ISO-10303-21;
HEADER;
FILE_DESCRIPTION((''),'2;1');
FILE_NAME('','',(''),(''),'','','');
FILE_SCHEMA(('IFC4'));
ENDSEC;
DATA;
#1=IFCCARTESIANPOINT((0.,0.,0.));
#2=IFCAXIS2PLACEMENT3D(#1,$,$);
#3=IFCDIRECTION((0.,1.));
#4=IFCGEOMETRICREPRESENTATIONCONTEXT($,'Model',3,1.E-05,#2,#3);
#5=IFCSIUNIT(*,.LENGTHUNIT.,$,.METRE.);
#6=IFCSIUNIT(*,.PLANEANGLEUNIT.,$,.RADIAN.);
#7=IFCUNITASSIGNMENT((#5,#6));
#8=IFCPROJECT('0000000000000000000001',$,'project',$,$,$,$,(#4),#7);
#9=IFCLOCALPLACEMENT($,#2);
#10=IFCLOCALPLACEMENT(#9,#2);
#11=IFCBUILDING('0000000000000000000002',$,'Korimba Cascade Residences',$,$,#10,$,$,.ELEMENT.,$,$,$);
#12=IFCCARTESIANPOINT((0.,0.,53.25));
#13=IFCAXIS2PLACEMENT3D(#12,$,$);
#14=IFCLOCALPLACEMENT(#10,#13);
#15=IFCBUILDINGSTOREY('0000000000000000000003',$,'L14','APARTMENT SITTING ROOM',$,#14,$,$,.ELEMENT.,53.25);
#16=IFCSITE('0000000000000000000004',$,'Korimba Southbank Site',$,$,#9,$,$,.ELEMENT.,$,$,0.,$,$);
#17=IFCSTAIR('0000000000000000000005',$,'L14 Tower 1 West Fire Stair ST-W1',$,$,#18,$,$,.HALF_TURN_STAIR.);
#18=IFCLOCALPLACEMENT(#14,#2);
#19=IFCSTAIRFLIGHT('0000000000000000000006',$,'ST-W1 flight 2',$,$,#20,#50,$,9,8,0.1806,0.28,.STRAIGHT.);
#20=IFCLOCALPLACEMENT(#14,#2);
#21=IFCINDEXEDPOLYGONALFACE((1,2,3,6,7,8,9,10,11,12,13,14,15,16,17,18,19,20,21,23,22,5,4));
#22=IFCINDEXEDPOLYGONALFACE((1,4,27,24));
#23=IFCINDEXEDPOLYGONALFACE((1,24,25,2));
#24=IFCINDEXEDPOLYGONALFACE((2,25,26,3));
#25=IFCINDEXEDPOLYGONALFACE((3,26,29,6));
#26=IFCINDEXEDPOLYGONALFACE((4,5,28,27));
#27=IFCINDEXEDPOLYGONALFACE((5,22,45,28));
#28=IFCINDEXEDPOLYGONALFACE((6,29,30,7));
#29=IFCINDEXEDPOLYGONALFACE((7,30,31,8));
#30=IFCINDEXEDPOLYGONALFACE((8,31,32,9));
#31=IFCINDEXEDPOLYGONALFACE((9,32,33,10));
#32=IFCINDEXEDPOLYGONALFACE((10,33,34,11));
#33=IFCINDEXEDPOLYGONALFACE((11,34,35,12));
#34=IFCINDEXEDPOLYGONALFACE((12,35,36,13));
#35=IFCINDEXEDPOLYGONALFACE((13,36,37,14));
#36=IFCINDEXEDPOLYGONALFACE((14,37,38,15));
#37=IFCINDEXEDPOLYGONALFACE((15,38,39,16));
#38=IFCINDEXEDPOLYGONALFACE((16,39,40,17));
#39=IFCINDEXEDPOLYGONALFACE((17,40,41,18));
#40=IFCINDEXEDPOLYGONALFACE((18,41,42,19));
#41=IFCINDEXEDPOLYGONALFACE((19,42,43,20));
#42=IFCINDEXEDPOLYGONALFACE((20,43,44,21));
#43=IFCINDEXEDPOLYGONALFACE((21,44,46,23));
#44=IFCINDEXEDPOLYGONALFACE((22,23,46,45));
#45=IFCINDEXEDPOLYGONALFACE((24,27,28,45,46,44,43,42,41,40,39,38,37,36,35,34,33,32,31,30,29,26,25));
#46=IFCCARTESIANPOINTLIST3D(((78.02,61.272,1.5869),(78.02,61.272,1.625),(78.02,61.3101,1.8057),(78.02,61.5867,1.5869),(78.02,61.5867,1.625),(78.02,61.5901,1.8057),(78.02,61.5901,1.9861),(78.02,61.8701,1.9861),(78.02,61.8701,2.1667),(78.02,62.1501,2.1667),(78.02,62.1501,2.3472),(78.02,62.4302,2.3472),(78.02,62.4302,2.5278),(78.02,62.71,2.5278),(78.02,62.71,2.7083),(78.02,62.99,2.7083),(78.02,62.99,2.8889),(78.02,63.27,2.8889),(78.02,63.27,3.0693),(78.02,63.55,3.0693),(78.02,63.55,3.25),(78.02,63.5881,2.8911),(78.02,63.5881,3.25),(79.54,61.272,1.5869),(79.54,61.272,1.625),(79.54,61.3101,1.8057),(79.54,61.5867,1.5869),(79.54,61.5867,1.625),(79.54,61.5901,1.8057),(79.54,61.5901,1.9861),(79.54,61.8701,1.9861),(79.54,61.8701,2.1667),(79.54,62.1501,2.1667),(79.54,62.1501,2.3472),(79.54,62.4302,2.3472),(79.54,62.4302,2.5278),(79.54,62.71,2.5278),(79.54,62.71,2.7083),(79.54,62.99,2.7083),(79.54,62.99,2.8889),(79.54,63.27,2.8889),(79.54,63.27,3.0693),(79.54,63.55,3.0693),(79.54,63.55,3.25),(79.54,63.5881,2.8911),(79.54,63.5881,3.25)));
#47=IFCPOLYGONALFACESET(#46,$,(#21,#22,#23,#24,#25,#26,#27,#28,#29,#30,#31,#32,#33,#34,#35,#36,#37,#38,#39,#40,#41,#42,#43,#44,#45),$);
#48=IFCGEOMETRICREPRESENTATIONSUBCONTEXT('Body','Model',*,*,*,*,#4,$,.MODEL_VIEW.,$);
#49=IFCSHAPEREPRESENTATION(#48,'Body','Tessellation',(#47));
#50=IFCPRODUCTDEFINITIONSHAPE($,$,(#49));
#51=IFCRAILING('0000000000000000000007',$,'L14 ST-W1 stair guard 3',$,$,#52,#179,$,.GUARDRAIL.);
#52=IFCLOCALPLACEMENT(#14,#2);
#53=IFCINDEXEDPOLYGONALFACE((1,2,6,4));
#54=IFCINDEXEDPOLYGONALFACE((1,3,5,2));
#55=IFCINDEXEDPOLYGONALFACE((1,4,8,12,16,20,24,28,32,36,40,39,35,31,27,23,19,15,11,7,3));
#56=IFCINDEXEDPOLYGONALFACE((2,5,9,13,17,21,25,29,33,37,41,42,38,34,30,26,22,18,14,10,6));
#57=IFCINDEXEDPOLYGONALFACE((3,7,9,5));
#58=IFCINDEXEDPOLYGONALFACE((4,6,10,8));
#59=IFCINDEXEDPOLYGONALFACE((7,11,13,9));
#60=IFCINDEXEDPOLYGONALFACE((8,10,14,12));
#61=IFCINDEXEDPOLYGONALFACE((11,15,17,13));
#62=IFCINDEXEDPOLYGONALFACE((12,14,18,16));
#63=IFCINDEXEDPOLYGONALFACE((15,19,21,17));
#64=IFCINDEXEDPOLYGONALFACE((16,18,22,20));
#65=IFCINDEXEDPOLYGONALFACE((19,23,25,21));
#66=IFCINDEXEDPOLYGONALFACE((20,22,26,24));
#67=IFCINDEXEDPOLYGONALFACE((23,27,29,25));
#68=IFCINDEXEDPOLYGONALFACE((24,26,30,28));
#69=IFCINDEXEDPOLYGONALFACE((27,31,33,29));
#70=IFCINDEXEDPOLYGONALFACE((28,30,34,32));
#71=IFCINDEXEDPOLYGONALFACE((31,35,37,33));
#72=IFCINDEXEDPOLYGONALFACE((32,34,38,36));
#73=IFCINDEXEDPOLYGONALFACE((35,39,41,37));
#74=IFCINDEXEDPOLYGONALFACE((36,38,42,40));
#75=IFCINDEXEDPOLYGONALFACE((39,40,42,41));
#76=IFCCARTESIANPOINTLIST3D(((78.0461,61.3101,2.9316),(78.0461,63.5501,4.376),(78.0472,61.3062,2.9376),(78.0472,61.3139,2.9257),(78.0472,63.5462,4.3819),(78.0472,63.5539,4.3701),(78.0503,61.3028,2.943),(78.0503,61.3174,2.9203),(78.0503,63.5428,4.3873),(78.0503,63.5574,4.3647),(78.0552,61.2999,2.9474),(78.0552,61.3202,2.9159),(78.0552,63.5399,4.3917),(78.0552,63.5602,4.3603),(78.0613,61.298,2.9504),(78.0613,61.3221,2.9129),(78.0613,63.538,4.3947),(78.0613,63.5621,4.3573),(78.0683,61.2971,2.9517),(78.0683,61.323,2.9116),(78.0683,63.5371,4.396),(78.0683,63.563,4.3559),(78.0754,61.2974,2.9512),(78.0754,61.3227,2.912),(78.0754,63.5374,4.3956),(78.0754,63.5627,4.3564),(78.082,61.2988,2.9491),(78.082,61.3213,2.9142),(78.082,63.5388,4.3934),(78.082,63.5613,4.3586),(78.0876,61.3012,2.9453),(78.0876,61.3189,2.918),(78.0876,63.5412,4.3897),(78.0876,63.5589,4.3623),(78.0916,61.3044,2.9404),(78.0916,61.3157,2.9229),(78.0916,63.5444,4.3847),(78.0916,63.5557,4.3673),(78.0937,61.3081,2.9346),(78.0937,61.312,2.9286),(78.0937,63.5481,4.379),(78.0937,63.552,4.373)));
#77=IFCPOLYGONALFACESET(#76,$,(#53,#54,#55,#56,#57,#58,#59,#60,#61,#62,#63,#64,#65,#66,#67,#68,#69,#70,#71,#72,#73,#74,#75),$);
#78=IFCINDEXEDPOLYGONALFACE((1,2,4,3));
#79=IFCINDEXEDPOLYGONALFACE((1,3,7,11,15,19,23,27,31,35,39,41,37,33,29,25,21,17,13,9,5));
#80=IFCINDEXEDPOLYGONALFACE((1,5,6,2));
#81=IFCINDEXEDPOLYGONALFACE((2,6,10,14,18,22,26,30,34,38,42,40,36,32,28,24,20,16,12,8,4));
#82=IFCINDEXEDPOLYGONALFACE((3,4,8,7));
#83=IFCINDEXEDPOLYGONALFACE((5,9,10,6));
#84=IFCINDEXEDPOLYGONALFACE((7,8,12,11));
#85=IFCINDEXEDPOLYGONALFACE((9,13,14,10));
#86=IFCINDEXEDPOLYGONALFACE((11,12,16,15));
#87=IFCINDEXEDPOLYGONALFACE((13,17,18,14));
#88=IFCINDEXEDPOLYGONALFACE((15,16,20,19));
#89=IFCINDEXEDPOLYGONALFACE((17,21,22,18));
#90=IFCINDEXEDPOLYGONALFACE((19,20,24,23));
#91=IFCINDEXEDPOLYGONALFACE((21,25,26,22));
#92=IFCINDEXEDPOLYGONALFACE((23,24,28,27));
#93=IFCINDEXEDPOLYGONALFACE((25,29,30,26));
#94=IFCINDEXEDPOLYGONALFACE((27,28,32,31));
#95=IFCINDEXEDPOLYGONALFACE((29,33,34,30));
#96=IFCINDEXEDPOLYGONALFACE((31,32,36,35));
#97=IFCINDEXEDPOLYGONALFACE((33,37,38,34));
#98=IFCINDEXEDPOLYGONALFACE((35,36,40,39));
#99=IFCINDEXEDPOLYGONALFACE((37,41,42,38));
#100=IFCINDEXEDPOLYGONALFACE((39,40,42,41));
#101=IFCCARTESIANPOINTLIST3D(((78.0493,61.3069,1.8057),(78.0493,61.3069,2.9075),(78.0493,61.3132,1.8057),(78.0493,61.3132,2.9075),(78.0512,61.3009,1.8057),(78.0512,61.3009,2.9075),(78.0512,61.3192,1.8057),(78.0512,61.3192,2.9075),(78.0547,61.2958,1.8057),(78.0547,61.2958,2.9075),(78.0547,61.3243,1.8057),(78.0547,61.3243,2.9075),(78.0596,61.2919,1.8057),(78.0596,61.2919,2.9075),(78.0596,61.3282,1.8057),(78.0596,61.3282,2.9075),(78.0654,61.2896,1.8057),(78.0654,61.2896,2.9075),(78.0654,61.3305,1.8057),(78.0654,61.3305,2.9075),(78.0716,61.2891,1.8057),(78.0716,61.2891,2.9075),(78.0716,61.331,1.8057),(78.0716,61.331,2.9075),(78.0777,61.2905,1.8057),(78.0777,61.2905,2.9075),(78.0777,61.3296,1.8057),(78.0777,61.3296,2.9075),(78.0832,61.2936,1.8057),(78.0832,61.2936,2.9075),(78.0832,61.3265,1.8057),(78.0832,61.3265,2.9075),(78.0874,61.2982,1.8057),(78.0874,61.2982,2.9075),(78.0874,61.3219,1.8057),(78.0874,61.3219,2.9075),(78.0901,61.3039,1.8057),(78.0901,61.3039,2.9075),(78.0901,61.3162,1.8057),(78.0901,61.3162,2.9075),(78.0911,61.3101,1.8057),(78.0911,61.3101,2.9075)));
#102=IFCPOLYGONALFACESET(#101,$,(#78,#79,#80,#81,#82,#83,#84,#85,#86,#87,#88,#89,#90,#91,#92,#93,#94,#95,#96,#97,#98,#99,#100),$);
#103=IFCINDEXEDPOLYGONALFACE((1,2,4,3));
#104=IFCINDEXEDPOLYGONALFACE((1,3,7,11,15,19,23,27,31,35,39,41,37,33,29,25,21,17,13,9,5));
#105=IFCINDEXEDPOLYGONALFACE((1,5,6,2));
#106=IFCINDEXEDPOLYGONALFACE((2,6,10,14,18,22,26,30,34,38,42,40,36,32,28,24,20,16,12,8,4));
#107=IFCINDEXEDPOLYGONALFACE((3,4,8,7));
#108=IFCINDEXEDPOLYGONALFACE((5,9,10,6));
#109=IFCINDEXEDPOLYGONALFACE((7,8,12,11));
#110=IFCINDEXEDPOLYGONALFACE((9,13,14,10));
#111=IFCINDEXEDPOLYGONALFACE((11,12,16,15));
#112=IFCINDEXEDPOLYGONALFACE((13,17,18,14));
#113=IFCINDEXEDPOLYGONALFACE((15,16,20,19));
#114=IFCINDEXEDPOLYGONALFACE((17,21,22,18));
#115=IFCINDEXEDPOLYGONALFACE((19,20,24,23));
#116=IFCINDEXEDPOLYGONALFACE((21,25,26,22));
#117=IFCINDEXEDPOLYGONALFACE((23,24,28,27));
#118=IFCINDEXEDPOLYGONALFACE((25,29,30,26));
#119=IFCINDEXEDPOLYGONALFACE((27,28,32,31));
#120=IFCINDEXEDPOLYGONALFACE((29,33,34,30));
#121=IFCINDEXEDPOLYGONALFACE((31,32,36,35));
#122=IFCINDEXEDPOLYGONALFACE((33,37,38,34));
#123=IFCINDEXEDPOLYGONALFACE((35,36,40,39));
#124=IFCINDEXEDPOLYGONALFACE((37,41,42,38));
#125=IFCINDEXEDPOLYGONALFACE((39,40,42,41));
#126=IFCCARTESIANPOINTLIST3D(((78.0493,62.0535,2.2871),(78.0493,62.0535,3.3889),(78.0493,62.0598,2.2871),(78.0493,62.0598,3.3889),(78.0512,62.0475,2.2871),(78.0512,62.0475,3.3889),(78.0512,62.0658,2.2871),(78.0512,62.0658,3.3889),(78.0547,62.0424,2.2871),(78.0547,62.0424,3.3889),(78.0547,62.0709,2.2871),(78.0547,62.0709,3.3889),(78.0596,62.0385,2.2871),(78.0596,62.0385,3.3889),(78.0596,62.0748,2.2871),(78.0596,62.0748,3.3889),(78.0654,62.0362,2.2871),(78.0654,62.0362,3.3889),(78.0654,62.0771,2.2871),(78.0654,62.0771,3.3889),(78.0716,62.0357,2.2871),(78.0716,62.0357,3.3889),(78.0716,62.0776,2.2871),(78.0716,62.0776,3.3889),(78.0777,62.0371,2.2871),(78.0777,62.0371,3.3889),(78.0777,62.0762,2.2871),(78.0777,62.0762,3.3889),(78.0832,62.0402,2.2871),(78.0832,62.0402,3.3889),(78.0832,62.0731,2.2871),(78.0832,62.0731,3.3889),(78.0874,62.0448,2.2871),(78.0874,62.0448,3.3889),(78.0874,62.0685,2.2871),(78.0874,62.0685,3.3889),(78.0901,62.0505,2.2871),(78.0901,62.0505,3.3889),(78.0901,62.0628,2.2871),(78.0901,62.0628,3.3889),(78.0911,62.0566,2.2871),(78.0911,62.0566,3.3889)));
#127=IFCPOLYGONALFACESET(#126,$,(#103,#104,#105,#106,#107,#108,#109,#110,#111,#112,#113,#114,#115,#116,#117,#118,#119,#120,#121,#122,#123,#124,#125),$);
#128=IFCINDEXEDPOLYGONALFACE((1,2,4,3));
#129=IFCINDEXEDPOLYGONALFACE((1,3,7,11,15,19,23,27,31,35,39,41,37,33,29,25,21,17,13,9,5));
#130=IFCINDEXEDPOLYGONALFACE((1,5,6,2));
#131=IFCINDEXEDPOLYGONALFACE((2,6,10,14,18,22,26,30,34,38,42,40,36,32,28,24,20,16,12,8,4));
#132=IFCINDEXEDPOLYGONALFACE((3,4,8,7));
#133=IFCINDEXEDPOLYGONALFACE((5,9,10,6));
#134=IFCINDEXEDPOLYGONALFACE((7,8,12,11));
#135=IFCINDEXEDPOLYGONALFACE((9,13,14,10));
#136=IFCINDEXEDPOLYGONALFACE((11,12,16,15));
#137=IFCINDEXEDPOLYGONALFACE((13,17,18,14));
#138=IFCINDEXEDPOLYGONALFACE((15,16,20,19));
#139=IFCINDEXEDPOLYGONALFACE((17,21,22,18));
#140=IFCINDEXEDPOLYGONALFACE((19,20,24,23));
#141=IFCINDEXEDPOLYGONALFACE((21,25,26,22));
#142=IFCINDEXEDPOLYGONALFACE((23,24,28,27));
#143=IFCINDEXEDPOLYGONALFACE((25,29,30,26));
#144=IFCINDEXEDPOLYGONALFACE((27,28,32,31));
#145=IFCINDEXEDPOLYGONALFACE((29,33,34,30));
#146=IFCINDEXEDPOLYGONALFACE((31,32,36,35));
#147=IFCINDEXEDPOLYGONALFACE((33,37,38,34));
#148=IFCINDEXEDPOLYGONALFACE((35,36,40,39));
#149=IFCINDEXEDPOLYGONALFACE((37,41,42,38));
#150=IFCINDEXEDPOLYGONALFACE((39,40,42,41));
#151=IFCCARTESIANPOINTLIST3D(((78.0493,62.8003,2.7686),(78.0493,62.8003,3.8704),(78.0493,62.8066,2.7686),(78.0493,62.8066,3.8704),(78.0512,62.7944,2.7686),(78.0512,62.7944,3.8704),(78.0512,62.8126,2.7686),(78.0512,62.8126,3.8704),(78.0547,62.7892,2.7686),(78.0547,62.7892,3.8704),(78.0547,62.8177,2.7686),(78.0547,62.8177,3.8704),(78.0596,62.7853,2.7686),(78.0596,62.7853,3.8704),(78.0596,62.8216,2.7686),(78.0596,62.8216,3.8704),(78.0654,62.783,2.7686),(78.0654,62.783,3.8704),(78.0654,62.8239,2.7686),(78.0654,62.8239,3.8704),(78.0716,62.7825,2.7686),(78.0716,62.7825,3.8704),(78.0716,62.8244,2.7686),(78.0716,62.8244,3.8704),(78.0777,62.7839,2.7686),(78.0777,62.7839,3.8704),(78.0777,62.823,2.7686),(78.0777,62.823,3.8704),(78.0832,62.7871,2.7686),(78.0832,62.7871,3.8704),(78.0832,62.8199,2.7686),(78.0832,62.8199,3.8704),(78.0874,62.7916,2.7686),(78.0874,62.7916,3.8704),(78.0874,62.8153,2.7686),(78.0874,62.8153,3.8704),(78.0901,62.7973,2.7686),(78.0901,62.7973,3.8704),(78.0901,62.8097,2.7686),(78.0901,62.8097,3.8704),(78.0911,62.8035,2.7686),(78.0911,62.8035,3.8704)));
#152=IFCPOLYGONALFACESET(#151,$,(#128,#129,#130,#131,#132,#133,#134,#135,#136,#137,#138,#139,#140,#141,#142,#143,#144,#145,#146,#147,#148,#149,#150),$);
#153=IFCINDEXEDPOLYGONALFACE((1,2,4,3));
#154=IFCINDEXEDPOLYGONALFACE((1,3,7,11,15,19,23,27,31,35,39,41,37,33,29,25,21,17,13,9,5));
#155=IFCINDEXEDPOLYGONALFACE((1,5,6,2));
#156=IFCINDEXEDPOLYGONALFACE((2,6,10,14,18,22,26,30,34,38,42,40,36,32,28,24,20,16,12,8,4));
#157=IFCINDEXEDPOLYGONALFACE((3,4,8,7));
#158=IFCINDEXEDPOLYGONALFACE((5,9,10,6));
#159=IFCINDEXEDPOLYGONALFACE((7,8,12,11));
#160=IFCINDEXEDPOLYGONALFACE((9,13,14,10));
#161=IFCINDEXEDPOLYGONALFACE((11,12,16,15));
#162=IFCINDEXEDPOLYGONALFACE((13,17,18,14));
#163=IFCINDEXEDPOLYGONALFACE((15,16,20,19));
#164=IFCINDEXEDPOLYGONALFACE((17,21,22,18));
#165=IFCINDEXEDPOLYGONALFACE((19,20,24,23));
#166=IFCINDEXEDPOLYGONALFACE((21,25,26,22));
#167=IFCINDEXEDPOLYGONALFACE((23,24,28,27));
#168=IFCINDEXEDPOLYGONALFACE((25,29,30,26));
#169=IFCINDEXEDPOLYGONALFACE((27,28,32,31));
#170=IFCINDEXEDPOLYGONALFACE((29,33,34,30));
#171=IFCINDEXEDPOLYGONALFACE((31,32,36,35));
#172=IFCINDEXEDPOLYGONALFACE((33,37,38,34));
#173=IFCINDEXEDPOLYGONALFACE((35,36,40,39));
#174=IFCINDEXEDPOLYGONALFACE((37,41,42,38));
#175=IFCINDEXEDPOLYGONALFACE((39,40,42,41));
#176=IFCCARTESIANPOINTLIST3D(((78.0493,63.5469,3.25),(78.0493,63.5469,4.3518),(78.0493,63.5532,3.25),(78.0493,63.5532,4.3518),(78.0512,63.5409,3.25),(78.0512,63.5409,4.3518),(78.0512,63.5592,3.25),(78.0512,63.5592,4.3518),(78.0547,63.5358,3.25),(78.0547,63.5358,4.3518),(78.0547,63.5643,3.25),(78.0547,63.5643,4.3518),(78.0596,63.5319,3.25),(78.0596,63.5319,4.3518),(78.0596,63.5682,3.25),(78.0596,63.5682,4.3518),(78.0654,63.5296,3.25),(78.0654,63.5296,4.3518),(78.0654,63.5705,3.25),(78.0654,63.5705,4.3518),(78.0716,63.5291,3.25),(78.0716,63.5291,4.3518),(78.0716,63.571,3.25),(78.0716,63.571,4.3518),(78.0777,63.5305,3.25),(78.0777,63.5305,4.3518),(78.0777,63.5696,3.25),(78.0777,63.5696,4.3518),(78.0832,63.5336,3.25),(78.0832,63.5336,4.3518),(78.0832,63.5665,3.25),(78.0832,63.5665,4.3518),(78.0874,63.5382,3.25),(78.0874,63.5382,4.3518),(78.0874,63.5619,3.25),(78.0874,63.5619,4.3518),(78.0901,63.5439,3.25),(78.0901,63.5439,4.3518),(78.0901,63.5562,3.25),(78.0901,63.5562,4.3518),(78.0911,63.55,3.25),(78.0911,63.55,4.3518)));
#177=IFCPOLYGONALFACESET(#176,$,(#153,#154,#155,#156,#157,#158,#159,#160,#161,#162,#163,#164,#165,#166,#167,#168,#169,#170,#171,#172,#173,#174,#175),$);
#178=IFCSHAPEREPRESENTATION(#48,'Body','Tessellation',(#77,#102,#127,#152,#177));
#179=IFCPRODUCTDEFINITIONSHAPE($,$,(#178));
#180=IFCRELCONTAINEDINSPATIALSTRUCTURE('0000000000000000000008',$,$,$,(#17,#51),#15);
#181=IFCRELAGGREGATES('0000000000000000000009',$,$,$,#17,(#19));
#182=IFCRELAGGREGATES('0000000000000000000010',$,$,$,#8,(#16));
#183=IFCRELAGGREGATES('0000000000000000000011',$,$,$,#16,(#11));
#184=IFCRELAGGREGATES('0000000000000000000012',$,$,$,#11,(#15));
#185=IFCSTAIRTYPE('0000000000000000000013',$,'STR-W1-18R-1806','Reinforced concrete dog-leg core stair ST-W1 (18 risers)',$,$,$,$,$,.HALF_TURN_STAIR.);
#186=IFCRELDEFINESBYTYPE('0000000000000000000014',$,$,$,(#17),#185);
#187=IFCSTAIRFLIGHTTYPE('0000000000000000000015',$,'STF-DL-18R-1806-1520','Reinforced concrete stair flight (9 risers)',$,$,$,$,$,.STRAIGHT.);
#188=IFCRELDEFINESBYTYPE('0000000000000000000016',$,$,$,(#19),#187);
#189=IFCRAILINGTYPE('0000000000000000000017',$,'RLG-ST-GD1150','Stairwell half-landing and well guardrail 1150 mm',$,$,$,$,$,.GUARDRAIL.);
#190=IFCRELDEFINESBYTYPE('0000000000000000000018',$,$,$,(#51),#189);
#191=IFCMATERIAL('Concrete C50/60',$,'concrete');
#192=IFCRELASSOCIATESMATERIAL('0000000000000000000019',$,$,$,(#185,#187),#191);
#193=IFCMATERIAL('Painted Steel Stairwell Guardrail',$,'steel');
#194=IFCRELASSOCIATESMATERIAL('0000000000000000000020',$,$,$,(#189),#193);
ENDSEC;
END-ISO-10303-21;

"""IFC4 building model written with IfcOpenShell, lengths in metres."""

from ifc_helpers import new_model, si_unit, direction, frame, origin, origin_2d, place, context, subcontext, project, spatial, polyline, circle, outline, extrude, material, type_object, element, aggregate, save


model = new_model("IFC4")

# Units and contexts
model_context = context("Model", 3, precision=1e-05, world=origin(), true_north=direction((0.0, 1.0)))
body_context = subcontext(model_context, "Body", "Model", "MODEL_VIEW")
ifc_project = project(units=[si_unit("LENGTHUNIT", "METRE"), si_unit("PLANEANGLEUNIT", "RADIAN")], contexts=[model_context])

# Site, building, storey
site_placement = place(None, origin())
site = spatial("IfcSite", under=ifc_project, at=site_placement, Name="Korimba Southbank Site", CompositionType="ELEMENT", RefElevation=0.0)
building_placement = place(site_placement, origin())
building = spatial("IfcBuilding", under=site, at=building_placement, Name="Korimba Cascade Residences", CompositionType="ELEMENT")
storey_placement = place(building_placement, frame((0.0, 0.0, 53.25)))
storey = spatial("IfcBuildingStorey", under=building, at=storey_placement, Name="L14", Description="APARTMENT SITTING ROOM", CompositionType="ELEMENT", Elevation=53.25)

# Shared definitions
ifc_material_1 = material(Name="Concrete C50/60", Category="concrete")

# Stair, stair flight
stair_type = type_object("IfcStairType", Name="STR-W1-18R-1806", Description="Reinforced concrete dog-leg core stair ST-W1 (18 risers)", PredefinedType="HALF_TURN_STAIR", material=ifc_material_1)
stair_placement = place(storey_placement, origin())
stair = element("IfcStair", 1, at=stair_placement, inside=storey, type_object=stair_type, Name="L14 Tower 1 West Fire Stair ST-W1", PredefinedType="HALF_TURN_STAIR")
stair_flight_type = type_object("IfcStairFlightType", Name="STF-DL-18R-1806-1520", Description="Reinforced concrete stair flight (9 risers)", PredefinedType="STRAIGHT", material=ifc_material_1)
stair_flight_placement = place(storey_placement, frame((78.78, 61.3101, 1.625), z_axis=(0.0, 0.0, 1.0), x_axis=(0.0, 1.0, 0.0)))
stair_flight = element("IfcStairFlight", 2, at=stair_flight_placement, type_object=stair_flight_type, Name="ST-W1 flight 2", NumberOfRisers=9, NumberOfTreads=8, PredefinedType="STRAIGHT", RiserHeight=0.1806, TreadLength=0.28, context=body_context, shape_type="SweptSolid", body=[
    extrude(outline(polyline([(-0.0381, 0.0), (0.0, 0.1807), (0.28, 0.1807), (0.28, 0.3611), (0.5601, 0.3611), (0.5601, 0.5417), (0.8401, 0.5417), (0.8401, 0.7222), (1.1201, 0.7222), (1.1201, 0.9028), (1.3999, 0.9028), (1.3999, 1.0833), (1.6799, 1.0833), (1.6799, 1.2639), (1.96, 1.2639), (1.96, 1.4443), (2.24, 1.4443), (2.24, 1.625), (2.2781, 1.625), (2.2781, 1.2661), (0.2766, 0.0), (0.2766, -0.0381), (-0.0381, -0.0381), (-0.0381, 0.0)])), frame((0.0, 0.76, 0.0), z_axis=(0.0, -1.0, 0.0), x_axis=(1.0, 0.0, 0.0)), (0.0, 0.0, 1.0), 1.52),
])
aggregate(stair, [stair_flight])

# Railing
ifc_material_2 = material(Name="Painted Steel Stairwell Guardrail", Category="steel")
railing_type_1 = type_object("IfcRailingType", Name="RLG-ST-GD1150", Description="Stairwell half-landing and well guardrail 1150 mm", PredefinedType="GUARDRAIL", material=ifc_material_2)
railing_1_placement = place(storey_placement, frame((78.0701, 61.3101, 1.8057)))
element("IfcRailing", 3, at=railing_1_placement, inside=storey, type_object=railing_type_1, Name="L14 ST-W1 stair guard 3", PredefinedType="GUARDRAIL", context=body_context, shape_type="SweptSolid", body=[
    extrude(circle(Radius=0.0239, at=origin_2d()), frame((0.0, 0.0, 1.126), z_axis=(0.0, 0.840437, 0.54191), x_axis=(-1.0, 0.0, 0.0)), (0.0, 0.0, 1.0), 2.6653),
    extrude(circle(Radius=0.021, at=origin_2d()), origin(), (0.0, 0.0, 1.0), 1.1018),
    extrude(circle(Radius=0.021, at=origin_2d()), frame((0.0, 0.7466, 0.4814)), (0.0, 0.0, 1.0), 1.1018),
    extrude(circle(Radius=0.021, at=origin_2d()), frame((0.0, 1.4934, 0.9629)), (0.0, 0.0, 1.0), 1.1018),
    extrude(circle(Radius=0.021, at=origin_2d()), frame((0.0, 2.24, 1.4443)), (0.0, 0.0, 1.0), 1.1018),
])

save(model, "model.ifc")
